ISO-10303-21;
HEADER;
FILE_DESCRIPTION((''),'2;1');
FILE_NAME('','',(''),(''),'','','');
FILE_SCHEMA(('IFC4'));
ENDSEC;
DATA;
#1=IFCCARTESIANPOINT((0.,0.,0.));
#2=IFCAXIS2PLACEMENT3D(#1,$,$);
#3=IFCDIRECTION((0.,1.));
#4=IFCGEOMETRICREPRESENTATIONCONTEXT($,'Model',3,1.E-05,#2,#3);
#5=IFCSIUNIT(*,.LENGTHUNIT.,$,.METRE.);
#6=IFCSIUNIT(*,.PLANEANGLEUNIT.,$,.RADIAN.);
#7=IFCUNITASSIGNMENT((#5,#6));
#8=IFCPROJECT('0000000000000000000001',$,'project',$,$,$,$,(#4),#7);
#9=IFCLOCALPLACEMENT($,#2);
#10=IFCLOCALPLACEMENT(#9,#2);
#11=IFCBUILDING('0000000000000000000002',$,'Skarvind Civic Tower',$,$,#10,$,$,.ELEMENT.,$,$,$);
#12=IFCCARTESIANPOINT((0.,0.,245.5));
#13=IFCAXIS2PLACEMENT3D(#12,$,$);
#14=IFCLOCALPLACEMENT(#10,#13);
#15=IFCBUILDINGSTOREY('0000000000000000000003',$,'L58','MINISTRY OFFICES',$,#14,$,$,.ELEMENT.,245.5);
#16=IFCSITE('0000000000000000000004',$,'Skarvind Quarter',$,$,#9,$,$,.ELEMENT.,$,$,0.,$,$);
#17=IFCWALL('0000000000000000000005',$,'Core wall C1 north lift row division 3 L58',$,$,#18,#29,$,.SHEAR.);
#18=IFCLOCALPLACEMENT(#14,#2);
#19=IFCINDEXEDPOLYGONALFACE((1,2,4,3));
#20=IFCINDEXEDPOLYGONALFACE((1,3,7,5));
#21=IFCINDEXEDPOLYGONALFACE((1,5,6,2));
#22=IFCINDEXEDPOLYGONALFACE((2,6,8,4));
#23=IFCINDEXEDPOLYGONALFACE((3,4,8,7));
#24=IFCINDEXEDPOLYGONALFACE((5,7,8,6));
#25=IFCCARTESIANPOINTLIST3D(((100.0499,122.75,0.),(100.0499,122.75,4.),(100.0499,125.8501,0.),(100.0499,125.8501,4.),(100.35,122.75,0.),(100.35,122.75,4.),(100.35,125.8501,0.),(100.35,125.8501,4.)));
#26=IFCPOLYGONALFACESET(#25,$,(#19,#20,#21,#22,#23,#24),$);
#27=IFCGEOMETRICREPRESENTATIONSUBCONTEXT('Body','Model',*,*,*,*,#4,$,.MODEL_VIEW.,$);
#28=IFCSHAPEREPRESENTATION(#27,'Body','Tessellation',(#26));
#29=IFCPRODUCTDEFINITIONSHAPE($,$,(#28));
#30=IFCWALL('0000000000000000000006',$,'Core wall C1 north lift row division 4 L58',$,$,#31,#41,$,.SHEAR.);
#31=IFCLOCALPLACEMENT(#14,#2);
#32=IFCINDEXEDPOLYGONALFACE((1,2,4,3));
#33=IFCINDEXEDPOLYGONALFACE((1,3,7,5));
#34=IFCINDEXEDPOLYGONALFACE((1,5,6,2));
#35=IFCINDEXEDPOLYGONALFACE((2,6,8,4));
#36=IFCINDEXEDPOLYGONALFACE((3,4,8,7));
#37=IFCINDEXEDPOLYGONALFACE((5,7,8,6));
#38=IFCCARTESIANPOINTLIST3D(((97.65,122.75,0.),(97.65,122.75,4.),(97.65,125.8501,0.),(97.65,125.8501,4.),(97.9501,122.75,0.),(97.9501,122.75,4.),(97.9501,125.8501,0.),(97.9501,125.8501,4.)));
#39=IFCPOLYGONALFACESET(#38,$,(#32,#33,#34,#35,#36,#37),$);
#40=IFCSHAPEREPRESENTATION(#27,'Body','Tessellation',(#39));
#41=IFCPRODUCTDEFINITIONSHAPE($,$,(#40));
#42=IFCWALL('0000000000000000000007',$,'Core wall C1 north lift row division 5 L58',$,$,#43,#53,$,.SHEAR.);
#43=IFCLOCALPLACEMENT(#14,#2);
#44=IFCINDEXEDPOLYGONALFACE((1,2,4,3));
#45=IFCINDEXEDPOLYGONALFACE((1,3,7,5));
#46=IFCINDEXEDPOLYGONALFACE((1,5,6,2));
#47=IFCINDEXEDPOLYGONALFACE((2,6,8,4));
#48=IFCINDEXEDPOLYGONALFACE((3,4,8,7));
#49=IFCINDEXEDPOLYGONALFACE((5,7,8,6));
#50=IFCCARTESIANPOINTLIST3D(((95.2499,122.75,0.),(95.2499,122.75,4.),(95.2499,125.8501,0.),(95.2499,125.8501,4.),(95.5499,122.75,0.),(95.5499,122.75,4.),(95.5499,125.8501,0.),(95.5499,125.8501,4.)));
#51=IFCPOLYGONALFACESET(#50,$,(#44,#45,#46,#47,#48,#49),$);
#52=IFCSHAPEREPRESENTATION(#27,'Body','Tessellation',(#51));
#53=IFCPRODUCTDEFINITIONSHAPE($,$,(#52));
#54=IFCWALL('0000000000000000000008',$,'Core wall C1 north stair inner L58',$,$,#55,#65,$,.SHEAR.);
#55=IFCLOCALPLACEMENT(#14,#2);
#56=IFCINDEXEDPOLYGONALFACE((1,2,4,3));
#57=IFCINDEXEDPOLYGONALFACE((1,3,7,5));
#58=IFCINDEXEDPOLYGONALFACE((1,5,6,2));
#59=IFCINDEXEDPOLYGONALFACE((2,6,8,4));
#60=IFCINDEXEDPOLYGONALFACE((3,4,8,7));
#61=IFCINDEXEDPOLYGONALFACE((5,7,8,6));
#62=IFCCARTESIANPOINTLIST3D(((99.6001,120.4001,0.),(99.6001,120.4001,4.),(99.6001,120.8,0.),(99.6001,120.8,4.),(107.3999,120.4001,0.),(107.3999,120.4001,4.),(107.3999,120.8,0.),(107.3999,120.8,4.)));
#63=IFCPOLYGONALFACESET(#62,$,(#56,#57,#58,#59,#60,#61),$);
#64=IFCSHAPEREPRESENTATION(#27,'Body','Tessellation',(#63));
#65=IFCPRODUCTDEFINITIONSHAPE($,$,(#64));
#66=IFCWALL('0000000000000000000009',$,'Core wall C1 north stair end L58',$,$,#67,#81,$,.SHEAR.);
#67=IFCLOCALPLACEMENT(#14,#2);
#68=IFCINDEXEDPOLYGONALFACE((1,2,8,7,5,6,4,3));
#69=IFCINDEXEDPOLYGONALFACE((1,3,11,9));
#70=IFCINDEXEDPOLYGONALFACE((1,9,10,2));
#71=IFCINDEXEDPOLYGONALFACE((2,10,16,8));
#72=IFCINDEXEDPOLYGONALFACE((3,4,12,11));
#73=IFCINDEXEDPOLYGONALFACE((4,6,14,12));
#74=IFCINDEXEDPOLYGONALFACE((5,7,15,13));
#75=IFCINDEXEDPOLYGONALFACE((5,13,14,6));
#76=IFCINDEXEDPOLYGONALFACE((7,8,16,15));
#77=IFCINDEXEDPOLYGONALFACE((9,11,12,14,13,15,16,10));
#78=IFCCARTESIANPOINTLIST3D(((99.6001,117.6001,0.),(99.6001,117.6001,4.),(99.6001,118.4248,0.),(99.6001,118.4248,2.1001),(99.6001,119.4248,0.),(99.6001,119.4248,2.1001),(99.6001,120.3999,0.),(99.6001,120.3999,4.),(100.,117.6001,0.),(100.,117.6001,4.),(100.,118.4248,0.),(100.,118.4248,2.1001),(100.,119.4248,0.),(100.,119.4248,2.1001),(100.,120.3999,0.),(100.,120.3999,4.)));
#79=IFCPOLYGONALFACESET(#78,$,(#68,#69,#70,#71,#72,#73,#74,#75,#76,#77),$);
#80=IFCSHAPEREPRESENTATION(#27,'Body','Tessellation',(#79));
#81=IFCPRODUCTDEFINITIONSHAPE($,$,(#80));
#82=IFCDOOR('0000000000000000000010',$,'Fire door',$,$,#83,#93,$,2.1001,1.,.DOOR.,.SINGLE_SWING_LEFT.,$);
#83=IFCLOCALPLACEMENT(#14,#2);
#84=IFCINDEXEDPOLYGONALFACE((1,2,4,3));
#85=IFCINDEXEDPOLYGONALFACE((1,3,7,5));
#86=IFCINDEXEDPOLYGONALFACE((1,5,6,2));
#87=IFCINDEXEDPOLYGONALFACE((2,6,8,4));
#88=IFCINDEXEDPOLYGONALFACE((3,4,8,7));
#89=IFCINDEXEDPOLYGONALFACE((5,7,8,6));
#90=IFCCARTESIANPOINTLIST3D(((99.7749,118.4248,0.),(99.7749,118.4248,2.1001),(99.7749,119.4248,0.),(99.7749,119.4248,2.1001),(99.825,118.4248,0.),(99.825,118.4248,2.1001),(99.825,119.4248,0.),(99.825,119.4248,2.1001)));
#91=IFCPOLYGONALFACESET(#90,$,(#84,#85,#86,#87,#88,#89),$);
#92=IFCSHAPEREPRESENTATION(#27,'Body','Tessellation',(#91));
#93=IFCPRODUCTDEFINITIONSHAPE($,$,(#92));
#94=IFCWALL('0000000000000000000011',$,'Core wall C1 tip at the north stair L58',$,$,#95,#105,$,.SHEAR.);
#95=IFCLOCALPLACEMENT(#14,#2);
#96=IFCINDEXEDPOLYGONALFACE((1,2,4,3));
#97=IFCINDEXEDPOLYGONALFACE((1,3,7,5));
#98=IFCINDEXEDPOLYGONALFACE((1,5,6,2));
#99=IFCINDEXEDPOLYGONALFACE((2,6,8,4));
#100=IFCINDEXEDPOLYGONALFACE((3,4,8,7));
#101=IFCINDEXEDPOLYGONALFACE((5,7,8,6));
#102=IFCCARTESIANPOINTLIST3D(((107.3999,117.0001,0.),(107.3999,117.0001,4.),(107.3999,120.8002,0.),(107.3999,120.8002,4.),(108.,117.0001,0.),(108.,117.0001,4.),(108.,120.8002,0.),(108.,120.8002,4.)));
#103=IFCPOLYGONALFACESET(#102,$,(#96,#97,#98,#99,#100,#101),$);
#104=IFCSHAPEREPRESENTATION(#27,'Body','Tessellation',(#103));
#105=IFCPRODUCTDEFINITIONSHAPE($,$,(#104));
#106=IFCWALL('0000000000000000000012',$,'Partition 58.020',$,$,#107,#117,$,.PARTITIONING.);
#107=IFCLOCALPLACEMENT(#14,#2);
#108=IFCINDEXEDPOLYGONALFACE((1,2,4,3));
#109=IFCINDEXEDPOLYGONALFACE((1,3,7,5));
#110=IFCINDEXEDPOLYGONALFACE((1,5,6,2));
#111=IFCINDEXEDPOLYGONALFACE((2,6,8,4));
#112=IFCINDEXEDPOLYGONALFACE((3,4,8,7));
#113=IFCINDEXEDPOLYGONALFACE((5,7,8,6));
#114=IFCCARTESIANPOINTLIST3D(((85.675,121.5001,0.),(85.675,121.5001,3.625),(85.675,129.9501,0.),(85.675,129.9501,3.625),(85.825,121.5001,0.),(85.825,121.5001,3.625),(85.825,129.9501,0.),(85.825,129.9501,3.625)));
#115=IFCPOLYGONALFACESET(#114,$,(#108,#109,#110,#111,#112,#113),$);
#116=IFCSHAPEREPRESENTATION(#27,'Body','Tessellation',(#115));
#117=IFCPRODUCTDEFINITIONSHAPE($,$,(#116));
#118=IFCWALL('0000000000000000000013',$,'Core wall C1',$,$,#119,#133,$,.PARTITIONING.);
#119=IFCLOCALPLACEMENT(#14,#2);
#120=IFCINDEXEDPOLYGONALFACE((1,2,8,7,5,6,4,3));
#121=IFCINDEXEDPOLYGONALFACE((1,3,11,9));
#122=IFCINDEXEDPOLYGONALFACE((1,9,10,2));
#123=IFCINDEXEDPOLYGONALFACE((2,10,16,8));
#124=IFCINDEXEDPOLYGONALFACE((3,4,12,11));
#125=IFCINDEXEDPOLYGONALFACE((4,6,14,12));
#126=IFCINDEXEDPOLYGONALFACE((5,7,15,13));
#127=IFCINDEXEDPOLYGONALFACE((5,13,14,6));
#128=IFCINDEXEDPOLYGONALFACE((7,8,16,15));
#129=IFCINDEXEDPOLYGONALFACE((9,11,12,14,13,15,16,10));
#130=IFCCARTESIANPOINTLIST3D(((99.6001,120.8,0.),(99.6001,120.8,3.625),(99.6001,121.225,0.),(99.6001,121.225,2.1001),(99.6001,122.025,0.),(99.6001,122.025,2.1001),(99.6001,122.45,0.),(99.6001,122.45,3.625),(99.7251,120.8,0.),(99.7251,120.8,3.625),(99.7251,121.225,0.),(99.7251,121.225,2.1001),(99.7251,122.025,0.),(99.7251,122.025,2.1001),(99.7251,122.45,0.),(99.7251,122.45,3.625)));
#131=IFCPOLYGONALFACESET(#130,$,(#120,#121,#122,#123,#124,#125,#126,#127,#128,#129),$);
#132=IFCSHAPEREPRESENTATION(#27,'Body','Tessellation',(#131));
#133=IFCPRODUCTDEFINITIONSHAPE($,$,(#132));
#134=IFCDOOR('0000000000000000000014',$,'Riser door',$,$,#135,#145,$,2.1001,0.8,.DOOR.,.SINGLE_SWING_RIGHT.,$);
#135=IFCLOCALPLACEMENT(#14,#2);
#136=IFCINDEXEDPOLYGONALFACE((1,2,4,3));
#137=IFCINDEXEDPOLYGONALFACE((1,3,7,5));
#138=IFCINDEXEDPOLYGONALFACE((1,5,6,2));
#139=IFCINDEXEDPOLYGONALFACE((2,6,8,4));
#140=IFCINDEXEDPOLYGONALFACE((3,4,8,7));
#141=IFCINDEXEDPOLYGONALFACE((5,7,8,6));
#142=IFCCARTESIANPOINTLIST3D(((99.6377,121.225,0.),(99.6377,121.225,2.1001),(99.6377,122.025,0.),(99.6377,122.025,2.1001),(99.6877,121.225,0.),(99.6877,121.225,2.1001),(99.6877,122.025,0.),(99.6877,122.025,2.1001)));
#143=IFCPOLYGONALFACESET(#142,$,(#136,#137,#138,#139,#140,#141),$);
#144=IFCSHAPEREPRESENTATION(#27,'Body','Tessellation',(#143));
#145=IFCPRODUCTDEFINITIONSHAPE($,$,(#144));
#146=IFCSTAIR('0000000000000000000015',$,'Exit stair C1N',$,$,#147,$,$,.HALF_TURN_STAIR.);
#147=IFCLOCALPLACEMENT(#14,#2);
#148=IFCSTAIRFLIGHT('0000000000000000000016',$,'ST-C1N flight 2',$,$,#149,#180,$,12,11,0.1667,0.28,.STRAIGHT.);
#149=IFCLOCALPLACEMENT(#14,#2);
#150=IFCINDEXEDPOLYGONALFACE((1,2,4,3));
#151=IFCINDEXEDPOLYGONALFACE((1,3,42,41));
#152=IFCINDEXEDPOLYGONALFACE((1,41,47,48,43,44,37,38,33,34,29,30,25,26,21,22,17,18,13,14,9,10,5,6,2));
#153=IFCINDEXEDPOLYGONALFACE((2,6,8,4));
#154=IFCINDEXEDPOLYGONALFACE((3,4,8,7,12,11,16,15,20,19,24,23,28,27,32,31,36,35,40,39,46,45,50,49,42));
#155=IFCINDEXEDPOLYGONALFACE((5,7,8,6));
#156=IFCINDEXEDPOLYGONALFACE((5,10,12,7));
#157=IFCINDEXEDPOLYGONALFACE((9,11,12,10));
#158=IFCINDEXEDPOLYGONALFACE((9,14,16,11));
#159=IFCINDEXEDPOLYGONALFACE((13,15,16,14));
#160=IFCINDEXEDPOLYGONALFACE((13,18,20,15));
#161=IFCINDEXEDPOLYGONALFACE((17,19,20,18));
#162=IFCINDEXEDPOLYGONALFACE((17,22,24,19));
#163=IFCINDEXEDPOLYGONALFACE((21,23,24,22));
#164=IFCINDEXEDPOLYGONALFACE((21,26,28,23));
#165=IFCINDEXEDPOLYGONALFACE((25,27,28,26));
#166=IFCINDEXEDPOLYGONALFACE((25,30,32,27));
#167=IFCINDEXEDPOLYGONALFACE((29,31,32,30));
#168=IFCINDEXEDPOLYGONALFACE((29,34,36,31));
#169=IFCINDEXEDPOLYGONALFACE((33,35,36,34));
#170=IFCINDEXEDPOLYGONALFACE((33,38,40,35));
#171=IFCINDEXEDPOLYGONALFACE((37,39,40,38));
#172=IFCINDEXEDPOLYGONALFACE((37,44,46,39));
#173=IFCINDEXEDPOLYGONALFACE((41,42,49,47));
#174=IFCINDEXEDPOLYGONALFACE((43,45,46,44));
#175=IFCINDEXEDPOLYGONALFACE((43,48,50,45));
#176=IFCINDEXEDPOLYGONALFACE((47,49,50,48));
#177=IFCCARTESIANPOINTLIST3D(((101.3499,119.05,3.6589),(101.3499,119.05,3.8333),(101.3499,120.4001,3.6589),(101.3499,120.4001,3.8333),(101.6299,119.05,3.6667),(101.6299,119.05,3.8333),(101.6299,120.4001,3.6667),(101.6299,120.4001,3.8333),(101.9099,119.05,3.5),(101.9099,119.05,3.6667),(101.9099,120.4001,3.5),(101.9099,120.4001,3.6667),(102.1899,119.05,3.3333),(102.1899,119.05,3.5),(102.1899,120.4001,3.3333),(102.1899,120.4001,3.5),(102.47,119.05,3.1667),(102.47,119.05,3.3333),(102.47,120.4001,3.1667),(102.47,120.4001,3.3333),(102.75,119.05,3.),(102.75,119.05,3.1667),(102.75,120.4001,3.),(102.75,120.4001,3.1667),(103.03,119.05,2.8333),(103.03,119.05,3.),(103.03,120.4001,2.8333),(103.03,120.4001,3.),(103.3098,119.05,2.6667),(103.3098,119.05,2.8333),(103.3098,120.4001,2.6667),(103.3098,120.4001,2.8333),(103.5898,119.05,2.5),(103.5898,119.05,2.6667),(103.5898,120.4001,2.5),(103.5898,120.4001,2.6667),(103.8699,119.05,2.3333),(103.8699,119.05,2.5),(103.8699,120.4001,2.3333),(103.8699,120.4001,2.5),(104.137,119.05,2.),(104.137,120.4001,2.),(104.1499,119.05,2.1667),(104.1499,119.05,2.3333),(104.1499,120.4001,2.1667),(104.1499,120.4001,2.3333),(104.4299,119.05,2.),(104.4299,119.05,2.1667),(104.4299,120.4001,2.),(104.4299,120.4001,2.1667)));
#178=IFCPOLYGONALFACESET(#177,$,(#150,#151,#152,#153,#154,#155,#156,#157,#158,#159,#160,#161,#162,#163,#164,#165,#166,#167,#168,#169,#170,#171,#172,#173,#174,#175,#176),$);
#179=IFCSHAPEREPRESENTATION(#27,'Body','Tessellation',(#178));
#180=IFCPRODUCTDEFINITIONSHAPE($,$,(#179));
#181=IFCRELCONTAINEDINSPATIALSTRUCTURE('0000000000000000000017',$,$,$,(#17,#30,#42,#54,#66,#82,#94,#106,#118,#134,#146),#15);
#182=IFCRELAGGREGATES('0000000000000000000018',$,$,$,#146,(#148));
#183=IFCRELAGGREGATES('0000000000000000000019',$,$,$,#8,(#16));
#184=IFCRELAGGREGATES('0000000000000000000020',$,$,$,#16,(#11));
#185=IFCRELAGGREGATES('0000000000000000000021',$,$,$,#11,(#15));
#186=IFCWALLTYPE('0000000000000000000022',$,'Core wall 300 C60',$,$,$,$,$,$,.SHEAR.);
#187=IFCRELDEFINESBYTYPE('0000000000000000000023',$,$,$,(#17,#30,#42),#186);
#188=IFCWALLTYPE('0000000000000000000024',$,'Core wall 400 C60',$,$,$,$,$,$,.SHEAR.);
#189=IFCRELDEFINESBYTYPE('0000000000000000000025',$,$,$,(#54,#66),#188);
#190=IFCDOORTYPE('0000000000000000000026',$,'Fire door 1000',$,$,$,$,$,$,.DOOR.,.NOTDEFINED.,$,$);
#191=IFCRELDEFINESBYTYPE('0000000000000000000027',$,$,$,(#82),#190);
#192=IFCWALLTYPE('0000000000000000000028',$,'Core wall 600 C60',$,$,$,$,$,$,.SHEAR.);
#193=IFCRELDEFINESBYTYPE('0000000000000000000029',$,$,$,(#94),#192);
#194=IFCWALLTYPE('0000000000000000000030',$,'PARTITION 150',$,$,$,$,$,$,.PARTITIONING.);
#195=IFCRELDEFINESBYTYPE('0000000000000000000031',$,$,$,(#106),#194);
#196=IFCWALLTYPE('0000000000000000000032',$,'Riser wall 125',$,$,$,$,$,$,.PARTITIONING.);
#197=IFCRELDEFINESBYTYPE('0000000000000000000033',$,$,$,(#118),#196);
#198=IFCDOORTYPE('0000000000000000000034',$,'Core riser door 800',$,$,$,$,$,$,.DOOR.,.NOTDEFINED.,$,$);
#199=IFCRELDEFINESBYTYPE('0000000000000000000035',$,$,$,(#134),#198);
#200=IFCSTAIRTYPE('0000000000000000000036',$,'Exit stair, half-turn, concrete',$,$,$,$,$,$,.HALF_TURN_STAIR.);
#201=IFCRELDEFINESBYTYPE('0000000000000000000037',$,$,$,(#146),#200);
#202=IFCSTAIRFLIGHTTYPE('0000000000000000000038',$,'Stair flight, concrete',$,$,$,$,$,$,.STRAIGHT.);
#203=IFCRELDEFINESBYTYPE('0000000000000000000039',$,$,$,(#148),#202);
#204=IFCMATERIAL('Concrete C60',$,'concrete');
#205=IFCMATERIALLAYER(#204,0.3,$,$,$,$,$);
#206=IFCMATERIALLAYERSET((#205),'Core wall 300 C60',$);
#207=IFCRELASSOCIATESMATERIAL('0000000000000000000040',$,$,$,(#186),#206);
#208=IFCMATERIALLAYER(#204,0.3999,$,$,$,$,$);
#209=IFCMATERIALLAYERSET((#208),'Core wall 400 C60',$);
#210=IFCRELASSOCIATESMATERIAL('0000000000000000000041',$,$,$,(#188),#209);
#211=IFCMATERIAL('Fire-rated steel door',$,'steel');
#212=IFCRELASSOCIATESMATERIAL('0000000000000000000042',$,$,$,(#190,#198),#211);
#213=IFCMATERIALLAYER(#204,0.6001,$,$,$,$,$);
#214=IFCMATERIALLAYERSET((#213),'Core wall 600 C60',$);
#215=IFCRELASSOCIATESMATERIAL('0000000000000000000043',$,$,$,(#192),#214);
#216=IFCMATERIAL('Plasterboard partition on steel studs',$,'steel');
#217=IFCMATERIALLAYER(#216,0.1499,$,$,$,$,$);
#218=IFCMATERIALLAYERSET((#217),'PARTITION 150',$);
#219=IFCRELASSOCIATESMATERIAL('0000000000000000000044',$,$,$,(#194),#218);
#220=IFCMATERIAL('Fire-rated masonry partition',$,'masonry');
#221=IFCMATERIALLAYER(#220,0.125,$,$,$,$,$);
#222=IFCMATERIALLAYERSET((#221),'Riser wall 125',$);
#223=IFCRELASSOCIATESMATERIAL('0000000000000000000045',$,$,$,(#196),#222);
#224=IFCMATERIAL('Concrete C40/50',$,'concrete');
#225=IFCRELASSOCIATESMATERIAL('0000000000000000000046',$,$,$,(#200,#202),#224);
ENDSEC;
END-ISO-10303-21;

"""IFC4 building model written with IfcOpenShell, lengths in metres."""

from ifc_helpers import new_model, si_unit, direction, frame, frame_2d, origin, place, context, subcontext, project, spatial, polyline, rectangle, outline, extrude, material, layer, layer_set, type_object, element, fill, aggregate, save


model = new_model("IFC4")

# Units and contexts
model_context = context("Model", 3, precision=1e-05, world=origin(), true_north=direction((0.0, 1.0)))
body_context = subcontext(model_context, "Body", "Model", "MODEL_VIEW")
ifc_project = project(units=[si_unit("LENGTHUNIT", "METRE"), si_unit("PLANEANGLEUNIT", "RADIAN")], contexts=[model_context])

# Site, building, storey
site_placement = place(None, origin())
site = spatial("IfcSite", under=ifc_project, at=site_placement, Name="Skarvind Quarter", CompositionType="ELEMENT", RefElevation=0.0)
building_placement = place(site_placement, origin())
building = spatial("IfcBuilding", under=site, at=building_placement, Name="Skarvind Civic Tower", CompositionType="ELEMENT")
storey_placement = place(building_placement, frame((0.0, 0.0, 245.5)))
storey = spatial("IfcBuildingStorey", under=building, at=storey_placement, Name="L58", Description="MINISTRY OFFICES", CompositionType="ELEMENT", Elevation=245.5)

# Shared definitions
ifc_material_1 = material(Name="Concrete C60", Category="concrete")

# Shared definitions
ifc_layer_1 = layer(ifc_material_1, 0.3)
ifc_layer_set_1 = layer_set([ifc_layer_1], Name="Core wall 300 C60")
wall_type_1 = type_object("IfcWallType", Name="Core wall 300 C60", PredefinedType="SHEAR", material=ifc_layer_set_1)

# Walls
for number, where, z_axis, x_axis, name in (
    (1, (100.2, 125.8501, 0.0), (0.0, 0.0, 1.0), (0.0, -1.0, 0.0), "Core wall C1 north lift row division 3 L58"),
    (2, (97.8, 125.8501, 0.0), (0.0, 0.0, 1.0), (0.0, -1.0, 0.0), "Core wall C1 north lift row division 4 L58"),
    (3, (95.3999, 125.8501, 0.0), (0.0, 0.0, 1.0), (0.0, -1.0, 0.0), "Core wall C1 north lift row division 5 L58"),
):
    element("IfcWall", number, at=place(storey_placement, frame(where, z_axis=z_axis, x_axis=x_axis)), inside=storey, type_object=wall_type_1, Name=name, PredefinedType="SHEAR", context=body_context, shape_type="SweptSolid", body=[
        extrude(rectangle(XDim=3.1001, YDim=0.3, at=frame_2d((1.55, 0.0))), origin(), (0.0, 0.0, 1.0), 4.0),
    ])
ifc_layer_2 = layer(ifc_material_1, 0.3999)
ifc_layer_set_2 = layer_set([ifc_layer_2], Name="Core wall 400 C60")
wall_type_2 = type_object("IfcWallType", Name="Core wall 400 C60", PredefinedType="SHEAR", material=ifc_layer_set_2)
wall_1_placement = place(storey_placement, frame((107.3999, 120.6001, 0.0), z_axis=(0.0, 0.0, 1.0), x_axis=(-1.0, 0.0, 0.0)))
element("IfcWall", 4, at=wall_1_placement, inside=storey, type_object=wall_type_2, Name="Core wall C1 north stair inner L58", PredefinedType="SHEAR", context=body_context, shape_type="SweptSolid", body=[
    extrude(rectangle(XDim=7.7998, YDim=0.3999, at=frame_2d((3.8999, 0.0))), origin(), (0.0, 0.0, 1.0), 4.0),
])

# Wall, opening, door
wall_2_placement = place(storey_placement, frame((99.8, 120.3999, 0.0), z_axis=(0.0, 0.0, 1.0), x_axis=(0.0, -1.0, 0.0)))
wall_2 = element("IfcWall", 5, at=wall_2_placement, inside=storey, type_object=wall_type_2, Name="Core wall C1 north stair end L58", PredefinedType="SHEAR", context=body_context, shape_type="SweptSolid", body=[
    extrude(rectangle(XDim=2.7998, YDim=0.3999, at=frame_2d((1.3999, 0.0))), origin(), (0.0, 0.0, 1.0), 4.0),
])
opening_1_placement = place(wall_2_placement, frame((0.9751, 0.0, 0.0)))
opening_1 = element("IfcOpeningElement", 6, at=opening_1_placement, cuts=wall_2, PredefinedType="OPENING", context=body_context, shape_type="SweptSolid", body=[
    extrude(rectangle(XDim=1.0, YDim=2.1001, at=frame_2d((0.5, 1.05))), frame((0.0, 0.21, 0.0), z_axis=(0.0, -1.0, 0.0), x_axis=(1.0, 0.0, 0.0)), (0.0, 0.0, 1.0), 0.4199),
])
ifc_material_2 = material(Name="Fire-rated steel door", Category="steel")
door_type_1 = type_object("IfcDoorType", Name="Fire door 1000", OperationType="NOTDEFINED", PredefinedType="DOOR", material=ifc_material_2)
door_1_placement = place(opening_1_placement, origin())
door_1 = element("IfcDoor", 7, at=door_1_placement, inside=storey, type_object=door_type_1, Name="Fire door", OperationType="SINGLE_SWING_LEFT", OverallHeight=2.1001, OverallWidth=1.0, PredefinedType="DOOR", context=body_context, shape_type="SweptSolid", body=[
    extrude(rectangle(XDim=1.0, YDim=2.1001, at=frame_2d((0.5, 1.05))), frame((0.0, 0.0249, 0.0), z_axis=(0.0, -1.0, 0.0), x_axis=(1.0, 0.0, 0.0)), (0.0, 0.0, 1.0), 0.05),
])
fill(opening_1, door_1)

# Walls
ifc_layer_3 = layer(ifc_material_1, 0.6001)
ifc_layer_set_3 = layer_set([ifc_layer_3], Name="Core wall 600 C60")
wall_type_3 = type_object("IfcWallType", Name="Core wall 600 C60", PredefinedType="SHEAR", material=ifc_layer_set_3)
wall_3_placement = place(storey_placement, frame((107.7, 120.8, 0.0), z_axis=(0.0, 0.0, 1.0), x_axis=(0.0, -1.0, 0.0)))
element("IfcWall", 8, at=wall_3_placement, inside=storey, type_object=wall_type_3, Name="Core wall C1 tip at the north stair L58", PredefinedType="SHEAR", context=body_context, shape_type="SweptSolid", body=[
    extrude(rectangle(XDim=3.8, YDim=0.6001, at=frame_2d((1.8999, 0.0))), origin(), (0.0, 0.0, 1.0), 4.0),
])
ifc_material_3 = material(Name="Plasterboard partition on steel studs", Category="steel")
ifc_layer_4 = layer(ifc_material_3, 0.1499)
ifc_layer_set_4 = layer_set([ifc_layer_4], Name="PARTITION 150")
wall_type_4 = type_object("IfcWallType", Name="PARTITION 150", PredefinedType="PARTITIONING", material=ifc_layer_set_4)
wall_4_placement = place(storey_placement, frame((85.75, 121.5, 0.0), z_axis=(0.0, 0.0, 1.0), x_axis=(0.0, 1.0, 0.0)))
element("IfcWall", 9, at=wall_4_placement, inside=storey, type_object=wall_type_4, Name="Partition 58.020", PredefinedType="PARTITIONING", context=body_context, shape_type="SweptSolid", body=[
    extrude(rectangle(XDim=8.45, YDim=0.1499, at=frame_2d((4.2251, 0.0))), origin(), (0.0, 0.0, 1.0), 3.625),
])

# Wall, opening, door
ifc_material_4 = material(Name="Fire-rated masonry partition", Category="masonry")
ifc_layer_5 = layer(ifc_material_4, 0.125)
ifc_layer_set_5 = layer_set([ifc_layer_5], Name="Riser wall 125")
wall_type_5 = type_object("IfcWallType", Name="Riser wall 125", PredefinedType="PARTITIONING", material=ifc_layer_set_5)
wall_5_placement = place(storey_placement, frame((99.6626, 120.8, 0.0), z_axis=(0.0, 0.0, 1.0), x_axis=(0.0, 1.0, 0.0)))
wall_5 = element("IfcWall", 10, at=wall_5_placement, inside=storey, type_object=wall_type_5, Name="Core wall C1", PredefinedType="PARTITIONING", context=body_context, shape_type="SweptSolid", body=[
    extrude(rectangle(XDim=1.6499, YDim=0.125, at=frame_2d((0.825, 0.0))), origin(), (0.0, 0.0, 1.0), 3.625),
])
opening_2_placement = place(wall_5_placement, frame((0.425, 0.0, 0.0)))
opening_2 = element("IfcOpeningElement", 11, at=opening_2_placement, cuts=wall_5, PredefinedType="OPENING", context=body_context, shape_type="SweptSolid", body=[
    extrude(rectangle(XDim=0.8, YDim=2.1001, at=frame_2d((0.3999, 1.05))), frame((0.0, 0.0725, 0.0), z_axis=(0.0, -1.0, 0.0), x_axis=(1.0, 0.0, 0.0)), (0.0, 0.0, 1.0), 0.145),
])
door_type_2 = type_object("IfcDoorType", Name="Core riser door 800", OperationType="NOTDEFINED", PredefinedType="DOOR", material=ifc_material_2)
door_2_placement = place(opening_2_placement, origin())
door_2 = element("IfcDoor", 12, at=door_2_placement, inside=storey, type_object=door_type_2, Name="Riser door", OperationType="SINGLE_SWING_RIGHT", OverallHeight=2.1001, OverallWidth=0.8, PredefinedType="DOOR", context=body_context, shape_type="SweptSolid", body=[
    extrude(rectangle(XDim=0.8, YDim=2.1001, at=frame_2d((0.3999, 1.05))), frame((0.0, 0.0249, 0.0), z_axis=(0.0, -1.0, 0.0), x_axis=(1.0, 0.0, 0.0)), (0.0, 0.0, 1.0), 0.05),
])
fill(opening_2, door_2)

# Stair, stair flight
ifc_material_5 = material(Name="Concrete C40/50", Category="concrete")
stair_type = type_object("IfcStairType", Name="Exit stair, half-turn, concrete", PredefinedType="HALF_TURN_STAIR", material=ifc_material_5)
stair_placement = place(storey_placement, origin())
stair = element("IfcStair", 13, at=stair_placement, inside=storey, type_object=stair_type, Name="Exit stair C1N", PredefinedType="HALF_TURN_STAIR")
stair_flight_type = type_object("IfcStairFlightType", Name="Stair flight, concrete", PredefinedType="STRAIGHT", material=ifc_material_5)
stair_flight_placement = place(storey_placement, frame((104.4299, 119.7251, 2.0), z_axis=(0.0, 0.0, 1.0), x_axis=(-1.0, 0.0, 0.0)))
stair_flight = element("IfcStairFlight", 14, at=stair_flight_placement, type_object=stair_flight_type, Name="ST-C1N flight 2", NumberOfRisers=12, NumberOfTreads=11, PredefinedType="STRAIGHT", RiserHeight=0.1667, TreadLength=0.28, context=body_context, shape_type="SweptSolid", body=[
    extrude(outline(polyline([(0.0, 0.0), (0.0, 0.1667), (0.28, 0.1667), (0.28, 0.3333), (0.5601, 0.3333), (0.5601, 0.5), (0.8401, 0.5), (0.8401, 0.6667), (1.1201, 0.6667), (1.1201, 0.8333), (1.3999, 0.8333), (1.3999, 1.0), (1.6799, 1.0), (1.6799, 1.1667), (1.96, 1.1667), (1.96, 1.3333), (2.24, 1.3333), (2.24, 1.5), (2.52, 1.5), (2.52, 1.6667), (2.8, 1.6667), (2.8, 1.8333), (3.0801, 1.8333), (3.0801, 2.0), (3.0801, 1.6589), (0.293, 0.0), (0.0, 0.0)])), frame((0.0, 0.675, 0.0), z_axis=(0.0, -1.0, 0.0), x_axis=(1.0, 0.0, 0.0)), (0.0, 0.0, 1.0), 1.3501),
])
aggregate(stair, [stair_flight])

save(model, "model.ifc")
